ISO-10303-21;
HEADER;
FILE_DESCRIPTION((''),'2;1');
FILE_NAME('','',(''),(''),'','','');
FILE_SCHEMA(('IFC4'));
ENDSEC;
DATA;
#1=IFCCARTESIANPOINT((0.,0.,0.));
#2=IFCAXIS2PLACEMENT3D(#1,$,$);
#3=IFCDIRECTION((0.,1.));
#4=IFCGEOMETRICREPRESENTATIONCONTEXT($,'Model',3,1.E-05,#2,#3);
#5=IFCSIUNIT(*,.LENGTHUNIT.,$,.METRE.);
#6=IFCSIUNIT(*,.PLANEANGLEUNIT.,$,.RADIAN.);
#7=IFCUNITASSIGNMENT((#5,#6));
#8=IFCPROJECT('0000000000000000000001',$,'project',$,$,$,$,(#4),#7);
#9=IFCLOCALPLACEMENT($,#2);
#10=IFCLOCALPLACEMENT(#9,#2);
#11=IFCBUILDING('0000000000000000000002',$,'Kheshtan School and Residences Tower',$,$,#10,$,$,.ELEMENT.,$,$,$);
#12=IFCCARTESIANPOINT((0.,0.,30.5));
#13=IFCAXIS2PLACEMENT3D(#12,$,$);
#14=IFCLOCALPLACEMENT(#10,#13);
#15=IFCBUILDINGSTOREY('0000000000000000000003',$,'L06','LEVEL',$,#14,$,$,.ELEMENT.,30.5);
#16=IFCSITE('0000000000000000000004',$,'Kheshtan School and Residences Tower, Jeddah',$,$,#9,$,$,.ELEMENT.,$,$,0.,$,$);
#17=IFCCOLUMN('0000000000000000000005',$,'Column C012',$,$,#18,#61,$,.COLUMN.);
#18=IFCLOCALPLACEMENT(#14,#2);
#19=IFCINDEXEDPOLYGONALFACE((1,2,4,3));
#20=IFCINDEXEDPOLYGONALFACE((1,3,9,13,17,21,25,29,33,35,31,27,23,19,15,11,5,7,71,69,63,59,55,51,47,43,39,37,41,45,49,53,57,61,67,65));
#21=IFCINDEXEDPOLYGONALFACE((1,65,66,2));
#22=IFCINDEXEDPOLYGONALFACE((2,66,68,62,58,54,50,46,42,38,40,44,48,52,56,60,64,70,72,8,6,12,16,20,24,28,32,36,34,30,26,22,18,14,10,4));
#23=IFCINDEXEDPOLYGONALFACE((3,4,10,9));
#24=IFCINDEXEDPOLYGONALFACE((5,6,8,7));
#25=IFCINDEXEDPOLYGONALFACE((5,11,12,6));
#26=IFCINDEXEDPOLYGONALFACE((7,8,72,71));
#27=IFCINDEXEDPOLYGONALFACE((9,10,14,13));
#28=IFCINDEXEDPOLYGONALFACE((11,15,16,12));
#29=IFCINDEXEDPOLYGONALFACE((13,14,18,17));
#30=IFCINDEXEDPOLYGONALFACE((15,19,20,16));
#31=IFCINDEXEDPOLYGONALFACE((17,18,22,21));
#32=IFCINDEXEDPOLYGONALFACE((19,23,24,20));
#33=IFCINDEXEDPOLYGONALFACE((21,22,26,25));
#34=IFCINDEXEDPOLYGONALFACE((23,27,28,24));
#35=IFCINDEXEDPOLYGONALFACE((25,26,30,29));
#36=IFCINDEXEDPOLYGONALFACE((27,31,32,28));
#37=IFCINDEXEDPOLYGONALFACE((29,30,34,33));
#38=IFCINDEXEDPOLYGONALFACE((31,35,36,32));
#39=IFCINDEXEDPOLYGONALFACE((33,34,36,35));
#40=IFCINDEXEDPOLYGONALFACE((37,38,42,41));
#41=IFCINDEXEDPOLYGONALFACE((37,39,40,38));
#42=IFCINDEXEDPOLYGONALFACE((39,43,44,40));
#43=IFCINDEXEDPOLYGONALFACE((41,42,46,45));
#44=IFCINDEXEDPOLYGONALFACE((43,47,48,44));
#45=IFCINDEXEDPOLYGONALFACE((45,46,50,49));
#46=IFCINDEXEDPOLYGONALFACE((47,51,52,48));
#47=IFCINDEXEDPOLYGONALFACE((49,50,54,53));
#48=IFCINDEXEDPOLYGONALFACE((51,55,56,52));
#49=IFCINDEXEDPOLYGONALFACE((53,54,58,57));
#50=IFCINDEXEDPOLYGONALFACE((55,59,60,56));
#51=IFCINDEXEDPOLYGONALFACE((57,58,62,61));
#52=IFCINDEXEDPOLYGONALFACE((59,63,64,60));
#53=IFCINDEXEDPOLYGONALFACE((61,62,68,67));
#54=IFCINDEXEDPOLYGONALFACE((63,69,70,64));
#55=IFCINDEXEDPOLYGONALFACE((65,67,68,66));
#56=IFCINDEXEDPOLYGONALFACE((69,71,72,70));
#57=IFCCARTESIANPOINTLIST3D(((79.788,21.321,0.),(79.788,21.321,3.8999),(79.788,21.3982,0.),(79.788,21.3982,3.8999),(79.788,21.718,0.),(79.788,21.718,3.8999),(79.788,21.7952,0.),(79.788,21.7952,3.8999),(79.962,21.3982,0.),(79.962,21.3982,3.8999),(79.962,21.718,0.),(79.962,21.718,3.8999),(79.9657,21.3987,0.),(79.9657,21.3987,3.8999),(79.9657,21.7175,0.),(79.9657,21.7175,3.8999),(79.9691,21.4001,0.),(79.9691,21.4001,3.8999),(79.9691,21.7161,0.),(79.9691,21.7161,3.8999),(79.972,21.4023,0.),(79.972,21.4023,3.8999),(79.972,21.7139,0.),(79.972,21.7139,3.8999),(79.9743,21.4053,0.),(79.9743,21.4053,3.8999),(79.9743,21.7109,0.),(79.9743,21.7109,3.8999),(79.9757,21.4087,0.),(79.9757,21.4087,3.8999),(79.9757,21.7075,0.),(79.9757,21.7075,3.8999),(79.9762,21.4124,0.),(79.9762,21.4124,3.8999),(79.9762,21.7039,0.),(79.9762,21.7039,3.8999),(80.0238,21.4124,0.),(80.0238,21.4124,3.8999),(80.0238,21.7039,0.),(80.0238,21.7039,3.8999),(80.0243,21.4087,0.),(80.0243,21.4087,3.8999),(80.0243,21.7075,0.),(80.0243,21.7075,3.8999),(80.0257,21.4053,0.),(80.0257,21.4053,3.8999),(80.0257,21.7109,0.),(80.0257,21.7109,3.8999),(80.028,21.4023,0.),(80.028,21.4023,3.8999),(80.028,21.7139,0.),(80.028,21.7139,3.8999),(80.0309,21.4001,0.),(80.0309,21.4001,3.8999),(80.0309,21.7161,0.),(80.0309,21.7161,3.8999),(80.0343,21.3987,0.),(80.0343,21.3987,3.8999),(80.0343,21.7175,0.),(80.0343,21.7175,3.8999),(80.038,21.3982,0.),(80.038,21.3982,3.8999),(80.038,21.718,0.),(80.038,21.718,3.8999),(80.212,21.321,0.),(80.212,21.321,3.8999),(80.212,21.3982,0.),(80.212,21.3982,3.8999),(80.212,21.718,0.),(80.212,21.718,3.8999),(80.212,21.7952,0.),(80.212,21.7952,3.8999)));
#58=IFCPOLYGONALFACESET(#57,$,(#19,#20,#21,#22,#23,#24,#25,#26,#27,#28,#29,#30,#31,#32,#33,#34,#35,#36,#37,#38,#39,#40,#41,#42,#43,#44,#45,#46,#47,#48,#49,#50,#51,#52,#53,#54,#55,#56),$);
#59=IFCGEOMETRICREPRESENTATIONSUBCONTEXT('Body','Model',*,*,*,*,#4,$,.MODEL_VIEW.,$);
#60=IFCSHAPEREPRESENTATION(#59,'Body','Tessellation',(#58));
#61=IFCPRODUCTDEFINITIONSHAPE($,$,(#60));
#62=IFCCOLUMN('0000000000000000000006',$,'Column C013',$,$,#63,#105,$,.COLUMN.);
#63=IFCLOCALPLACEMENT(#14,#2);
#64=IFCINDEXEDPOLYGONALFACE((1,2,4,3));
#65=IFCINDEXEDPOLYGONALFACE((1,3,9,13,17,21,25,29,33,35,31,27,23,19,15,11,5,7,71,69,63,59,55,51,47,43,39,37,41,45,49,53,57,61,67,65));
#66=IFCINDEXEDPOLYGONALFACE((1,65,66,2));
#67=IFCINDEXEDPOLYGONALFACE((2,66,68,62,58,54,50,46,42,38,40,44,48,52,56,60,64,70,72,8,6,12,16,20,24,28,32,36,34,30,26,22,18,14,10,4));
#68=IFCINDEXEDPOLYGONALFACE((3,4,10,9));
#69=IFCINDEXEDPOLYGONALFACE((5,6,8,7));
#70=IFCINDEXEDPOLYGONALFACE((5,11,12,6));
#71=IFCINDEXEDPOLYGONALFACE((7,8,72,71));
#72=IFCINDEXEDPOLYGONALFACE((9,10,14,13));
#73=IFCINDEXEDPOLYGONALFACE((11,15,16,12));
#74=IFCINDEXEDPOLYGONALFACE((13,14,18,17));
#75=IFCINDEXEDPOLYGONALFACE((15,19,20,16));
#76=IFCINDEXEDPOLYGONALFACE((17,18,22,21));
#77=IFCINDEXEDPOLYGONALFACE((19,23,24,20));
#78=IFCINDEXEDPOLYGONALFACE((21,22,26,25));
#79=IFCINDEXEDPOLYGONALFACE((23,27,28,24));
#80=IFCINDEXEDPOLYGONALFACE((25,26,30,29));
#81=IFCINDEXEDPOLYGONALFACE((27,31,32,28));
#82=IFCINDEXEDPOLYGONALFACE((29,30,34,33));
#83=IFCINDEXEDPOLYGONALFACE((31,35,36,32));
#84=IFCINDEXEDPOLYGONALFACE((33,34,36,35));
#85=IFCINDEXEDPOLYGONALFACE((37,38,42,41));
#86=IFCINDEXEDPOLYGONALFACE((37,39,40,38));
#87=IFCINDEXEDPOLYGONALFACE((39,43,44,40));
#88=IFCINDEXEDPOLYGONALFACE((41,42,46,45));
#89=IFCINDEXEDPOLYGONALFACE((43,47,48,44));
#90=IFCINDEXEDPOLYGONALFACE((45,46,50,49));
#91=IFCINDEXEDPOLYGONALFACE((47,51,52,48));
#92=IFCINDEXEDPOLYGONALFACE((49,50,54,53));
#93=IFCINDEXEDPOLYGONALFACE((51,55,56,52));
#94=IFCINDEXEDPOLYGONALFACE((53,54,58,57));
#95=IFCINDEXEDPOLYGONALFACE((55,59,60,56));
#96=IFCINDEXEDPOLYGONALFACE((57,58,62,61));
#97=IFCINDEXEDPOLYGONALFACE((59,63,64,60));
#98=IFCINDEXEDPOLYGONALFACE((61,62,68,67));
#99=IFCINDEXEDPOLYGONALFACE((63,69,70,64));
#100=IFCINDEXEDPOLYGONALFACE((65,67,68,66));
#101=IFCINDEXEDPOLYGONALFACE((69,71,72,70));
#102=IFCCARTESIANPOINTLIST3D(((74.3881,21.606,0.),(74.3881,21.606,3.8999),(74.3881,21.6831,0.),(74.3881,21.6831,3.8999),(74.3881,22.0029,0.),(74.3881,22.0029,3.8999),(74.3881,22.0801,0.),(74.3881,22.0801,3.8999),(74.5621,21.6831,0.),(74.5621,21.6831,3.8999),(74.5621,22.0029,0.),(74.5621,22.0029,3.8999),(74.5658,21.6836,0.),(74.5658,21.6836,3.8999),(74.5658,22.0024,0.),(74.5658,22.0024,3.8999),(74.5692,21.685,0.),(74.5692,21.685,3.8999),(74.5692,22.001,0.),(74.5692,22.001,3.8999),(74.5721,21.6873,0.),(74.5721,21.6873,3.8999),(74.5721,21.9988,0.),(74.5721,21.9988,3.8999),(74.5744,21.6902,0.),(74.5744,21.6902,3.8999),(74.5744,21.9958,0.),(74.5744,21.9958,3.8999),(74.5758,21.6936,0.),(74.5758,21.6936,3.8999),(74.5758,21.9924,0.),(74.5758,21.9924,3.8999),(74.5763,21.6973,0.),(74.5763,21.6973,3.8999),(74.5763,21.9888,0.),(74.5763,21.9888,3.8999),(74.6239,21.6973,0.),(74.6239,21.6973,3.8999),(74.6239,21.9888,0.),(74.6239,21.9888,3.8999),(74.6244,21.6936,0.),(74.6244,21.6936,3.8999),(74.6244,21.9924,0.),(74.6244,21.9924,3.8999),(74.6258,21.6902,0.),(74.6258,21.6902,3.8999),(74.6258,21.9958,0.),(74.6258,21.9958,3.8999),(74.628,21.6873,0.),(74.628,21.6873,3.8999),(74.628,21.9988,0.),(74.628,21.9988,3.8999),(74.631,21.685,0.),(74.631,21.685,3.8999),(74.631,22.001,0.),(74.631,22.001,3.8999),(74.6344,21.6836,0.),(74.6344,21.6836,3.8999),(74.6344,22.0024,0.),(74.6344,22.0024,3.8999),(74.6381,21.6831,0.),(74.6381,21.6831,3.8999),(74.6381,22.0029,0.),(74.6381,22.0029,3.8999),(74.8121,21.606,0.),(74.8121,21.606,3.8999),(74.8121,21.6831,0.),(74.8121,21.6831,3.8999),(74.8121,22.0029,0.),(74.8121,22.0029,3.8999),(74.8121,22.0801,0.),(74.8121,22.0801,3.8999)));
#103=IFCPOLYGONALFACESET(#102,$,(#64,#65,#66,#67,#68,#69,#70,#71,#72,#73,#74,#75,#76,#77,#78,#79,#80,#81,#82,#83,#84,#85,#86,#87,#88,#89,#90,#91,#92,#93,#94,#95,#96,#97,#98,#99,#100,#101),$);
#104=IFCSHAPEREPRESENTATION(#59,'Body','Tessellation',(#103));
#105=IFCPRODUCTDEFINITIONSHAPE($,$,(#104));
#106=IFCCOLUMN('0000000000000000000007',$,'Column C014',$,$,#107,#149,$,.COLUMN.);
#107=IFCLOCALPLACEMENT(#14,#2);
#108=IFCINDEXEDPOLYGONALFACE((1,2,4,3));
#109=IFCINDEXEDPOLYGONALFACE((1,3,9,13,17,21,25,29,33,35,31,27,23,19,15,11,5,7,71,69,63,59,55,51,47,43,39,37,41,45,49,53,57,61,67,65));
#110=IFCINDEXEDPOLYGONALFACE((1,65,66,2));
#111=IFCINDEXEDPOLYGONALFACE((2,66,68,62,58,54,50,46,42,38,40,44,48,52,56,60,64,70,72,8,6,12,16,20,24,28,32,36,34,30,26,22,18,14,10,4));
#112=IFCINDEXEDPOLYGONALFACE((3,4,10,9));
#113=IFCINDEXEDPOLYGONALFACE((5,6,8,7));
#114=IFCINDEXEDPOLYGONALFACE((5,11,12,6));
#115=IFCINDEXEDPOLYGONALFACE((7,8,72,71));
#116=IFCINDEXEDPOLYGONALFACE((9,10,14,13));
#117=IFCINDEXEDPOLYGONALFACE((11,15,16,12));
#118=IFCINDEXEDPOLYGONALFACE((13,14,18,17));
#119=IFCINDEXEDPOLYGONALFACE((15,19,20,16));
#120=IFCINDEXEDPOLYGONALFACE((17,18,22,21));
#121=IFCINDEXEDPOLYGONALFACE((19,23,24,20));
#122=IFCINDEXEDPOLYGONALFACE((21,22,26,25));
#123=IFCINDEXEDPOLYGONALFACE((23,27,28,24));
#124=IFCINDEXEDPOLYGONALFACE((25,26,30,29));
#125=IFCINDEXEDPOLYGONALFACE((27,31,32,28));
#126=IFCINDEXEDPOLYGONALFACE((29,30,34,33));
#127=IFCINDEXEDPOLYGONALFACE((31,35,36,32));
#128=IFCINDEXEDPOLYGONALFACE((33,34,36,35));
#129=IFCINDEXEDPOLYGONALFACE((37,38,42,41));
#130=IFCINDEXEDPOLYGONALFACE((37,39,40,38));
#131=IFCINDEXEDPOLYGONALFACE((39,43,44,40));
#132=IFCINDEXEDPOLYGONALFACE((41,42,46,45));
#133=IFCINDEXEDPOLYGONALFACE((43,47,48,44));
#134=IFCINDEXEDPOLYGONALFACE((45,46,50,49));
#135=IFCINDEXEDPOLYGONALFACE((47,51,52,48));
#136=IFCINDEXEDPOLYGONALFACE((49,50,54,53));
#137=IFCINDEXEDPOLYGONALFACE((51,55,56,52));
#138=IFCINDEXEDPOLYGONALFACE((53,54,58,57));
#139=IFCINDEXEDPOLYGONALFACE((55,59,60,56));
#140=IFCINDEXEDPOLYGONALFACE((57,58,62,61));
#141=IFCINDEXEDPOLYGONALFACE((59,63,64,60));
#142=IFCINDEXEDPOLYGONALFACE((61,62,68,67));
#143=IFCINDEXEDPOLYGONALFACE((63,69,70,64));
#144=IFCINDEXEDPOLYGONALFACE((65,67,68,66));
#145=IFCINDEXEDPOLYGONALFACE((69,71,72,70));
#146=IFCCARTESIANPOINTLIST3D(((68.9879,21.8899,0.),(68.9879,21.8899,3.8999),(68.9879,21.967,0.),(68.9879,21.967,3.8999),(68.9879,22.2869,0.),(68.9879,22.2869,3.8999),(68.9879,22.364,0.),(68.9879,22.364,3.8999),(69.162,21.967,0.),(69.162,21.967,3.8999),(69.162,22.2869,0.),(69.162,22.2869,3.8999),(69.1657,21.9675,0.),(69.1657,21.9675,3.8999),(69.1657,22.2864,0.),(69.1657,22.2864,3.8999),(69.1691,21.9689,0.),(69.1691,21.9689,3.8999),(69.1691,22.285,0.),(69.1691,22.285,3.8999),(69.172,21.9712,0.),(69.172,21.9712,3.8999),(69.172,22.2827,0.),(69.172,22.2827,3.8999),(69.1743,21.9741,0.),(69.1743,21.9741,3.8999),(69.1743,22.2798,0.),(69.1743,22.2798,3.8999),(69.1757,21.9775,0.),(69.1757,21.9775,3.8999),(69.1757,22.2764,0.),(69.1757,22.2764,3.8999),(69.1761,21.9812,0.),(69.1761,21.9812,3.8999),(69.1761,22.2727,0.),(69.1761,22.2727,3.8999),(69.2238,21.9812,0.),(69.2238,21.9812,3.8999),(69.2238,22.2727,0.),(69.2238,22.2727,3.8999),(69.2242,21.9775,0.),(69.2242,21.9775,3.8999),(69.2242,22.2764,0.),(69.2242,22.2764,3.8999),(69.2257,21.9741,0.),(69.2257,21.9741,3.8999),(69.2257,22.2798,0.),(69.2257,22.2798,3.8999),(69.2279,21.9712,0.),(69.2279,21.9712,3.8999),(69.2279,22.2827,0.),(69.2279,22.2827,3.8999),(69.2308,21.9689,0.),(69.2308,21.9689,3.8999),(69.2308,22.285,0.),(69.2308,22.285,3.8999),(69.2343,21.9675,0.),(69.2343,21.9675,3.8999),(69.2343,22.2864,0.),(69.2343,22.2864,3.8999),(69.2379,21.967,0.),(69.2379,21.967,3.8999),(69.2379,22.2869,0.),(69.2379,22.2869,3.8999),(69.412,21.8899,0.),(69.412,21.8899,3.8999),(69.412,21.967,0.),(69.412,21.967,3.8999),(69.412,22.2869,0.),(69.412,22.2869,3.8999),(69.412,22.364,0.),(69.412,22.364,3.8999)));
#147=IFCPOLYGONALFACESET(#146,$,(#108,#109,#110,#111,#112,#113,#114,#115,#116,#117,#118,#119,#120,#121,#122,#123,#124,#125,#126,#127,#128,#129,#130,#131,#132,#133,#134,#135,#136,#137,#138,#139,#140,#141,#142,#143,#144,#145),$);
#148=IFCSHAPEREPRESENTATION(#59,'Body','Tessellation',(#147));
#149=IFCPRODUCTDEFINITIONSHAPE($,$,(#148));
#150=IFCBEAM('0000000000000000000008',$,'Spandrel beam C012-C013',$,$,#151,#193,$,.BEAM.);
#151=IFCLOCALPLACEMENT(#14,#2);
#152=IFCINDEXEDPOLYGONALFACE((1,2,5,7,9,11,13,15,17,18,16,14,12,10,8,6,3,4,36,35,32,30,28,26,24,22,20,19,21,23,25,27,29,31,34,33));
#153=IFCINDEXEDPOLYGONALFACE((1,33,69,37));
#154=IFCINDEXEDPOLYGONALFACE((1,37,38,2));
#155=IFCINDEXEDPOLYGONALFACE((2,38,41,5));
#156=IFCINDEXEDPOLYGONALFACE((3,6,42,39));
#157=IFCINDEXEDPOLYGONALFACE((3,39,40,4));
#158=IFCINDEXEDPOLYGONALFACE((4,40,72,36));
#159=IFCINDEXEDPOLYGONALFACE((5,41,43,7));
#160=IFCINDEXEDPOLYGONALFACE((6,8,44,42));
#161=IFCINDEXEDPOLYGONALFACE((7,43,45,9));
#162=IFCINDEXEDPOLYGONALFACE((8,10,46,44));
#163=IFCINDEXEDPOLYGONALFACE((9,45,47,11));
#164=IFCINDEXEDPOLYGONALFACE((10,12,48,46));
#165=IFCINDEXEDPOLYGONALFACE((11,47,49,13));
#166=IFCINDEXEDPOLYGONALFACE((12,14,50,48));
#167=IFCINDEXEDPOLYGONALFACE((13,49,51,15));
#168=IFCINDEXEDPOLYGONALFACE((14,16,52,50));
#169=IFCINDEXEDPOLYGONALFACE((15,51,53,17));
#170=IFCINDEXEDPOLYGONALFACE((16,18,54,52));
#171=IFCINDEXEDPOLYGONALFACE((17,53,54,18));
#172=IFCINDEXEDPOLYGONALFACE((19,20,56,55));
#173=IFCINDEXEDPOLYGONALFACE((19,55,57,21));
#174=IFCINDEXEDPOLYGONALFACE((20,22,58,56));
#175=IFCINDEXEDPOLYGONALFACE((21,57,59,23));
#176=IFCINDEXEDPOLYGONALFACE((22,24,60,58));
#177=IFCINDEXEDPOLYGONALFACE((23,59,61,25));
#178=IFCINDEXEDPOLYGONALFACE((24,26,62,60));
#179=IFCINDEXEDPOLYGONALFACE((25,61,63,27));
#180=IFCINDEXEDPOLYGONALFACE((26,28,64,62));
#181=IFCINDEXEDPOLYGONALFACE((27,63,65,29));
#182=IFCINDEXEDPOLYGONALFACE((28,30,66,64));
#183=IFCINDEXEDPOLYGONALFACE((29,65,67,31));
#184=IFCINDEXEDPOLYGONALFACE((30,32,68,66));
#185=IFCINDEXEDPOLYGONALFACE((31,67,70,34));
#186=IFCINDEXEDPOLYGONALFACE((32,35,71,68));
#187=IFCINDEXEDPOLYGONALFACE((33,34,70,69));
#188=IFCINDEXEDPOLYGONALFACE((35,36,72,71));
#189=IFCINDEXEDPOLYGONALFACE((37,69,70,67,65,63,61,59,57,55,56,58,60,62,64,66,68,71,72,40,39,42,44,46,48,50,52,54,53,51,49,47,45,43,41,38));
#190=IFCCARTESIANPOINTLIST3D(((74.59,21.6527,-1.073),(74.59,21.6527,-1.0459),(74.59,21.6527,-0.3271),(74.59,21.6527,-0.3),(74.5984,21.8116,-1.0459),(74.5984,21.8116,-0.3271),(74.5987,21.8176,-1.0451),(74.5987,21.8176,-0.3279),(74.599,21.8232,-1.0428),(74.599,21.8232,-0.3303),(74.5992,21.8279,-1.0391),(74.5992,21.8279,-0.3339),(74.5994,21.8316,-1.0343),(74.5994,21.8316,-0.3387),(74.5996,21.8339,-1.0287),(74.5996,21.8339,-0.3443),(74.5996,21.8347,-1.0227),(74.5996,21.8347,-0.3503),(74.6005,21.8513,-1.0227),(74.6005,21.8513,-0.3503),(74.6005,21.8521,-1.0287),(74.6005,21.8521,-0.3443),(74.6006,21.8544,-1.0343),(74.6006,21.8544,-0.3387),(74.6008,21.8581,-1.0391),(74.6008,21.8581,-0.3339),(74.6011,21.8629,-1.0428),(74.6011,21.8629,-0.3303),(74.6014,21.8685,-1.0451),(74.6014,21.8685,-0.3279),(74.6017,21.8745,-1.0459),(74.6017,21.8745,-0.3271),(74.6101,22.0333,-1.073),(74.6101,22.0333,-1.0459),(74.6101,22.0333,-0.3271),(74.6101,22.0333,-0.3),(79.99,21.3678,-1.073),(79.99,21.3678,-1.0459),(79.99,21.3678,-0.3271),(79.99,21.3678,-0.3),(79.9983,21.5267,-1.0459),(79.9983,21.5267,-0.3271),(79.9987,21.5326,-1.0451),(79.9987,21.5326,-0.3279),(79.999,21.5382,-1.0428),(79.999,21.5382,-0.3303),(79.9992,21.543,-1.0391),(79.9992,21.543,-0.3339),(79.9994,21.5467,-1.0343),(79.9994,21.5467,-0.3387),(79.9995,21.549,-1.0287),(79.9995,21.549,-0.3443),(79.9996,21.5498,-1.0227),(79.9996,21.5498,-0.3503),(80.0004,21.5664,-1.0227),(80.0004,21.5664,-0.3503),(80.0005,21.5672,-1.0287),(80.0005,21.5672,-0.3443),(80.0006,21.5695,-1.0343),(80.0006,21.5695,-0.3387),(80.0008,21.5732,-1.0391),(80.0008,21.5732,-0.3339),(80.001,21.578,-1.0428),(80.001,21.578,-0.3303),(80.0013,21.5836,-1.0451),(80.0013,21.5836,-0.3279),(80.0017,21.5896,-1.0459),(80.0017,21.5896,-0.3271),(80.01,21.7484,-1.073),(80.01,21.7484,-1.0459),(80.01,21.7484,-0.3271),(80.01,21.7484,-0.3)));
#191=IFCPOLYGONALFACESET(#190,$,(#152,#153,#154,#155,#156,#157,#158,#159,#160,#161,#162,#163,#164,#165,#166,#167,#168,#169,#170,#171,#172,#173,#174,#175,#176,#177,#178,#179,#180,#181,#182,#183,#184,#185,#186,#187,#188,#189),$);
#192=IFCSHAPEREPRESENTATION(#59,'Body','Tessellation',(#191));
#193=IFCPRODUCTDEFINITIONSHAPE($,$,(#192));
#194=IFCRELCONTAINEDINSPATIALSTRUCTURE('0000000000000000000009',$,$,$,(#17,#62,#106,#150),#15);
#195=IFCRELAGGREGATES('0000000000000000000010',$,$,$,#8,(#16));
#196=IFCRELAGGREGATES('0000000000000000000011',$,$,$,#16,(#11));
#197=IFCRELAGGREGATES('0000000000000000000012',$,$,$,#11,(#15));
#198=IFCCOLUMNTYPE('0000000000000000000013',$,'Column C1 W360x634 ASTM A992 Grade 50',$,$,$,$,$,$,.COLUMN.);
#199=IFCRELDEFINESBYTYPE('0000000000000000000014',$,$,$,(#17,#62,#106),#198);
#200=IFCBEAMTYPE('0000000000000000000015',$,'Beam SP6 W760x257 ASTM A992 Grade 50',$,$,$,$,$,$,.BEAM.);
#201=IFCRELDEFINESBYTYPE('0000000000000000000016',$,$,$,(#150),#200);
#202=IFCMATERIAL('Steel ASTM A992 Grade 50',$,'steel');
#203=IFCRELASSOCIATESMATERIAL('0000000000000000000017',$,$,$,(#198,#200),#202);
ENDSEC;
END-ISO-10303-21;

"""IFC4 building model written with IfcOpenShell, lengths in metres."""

from ifc_helpers import new_model, si_unit, direction, frame, origin, origin_2d, place, context, subcontext, project, spatial, i_section, extrude, material, material_profile, profile_set, type_object, element, save


model = new_model("IFC4")

# Units and contexts
model_context = context("Model", 3, precision=1e-05, world=origin(), true_north=direction((0.0, 1.0)))
body_context = subcontext(model_context, "Body", "Model", "MODEL_VIEW")
ifc_project = project(units=[si_unit("LENGTHUNIT", "METRE"), si_unit("PLANEANGLEUNIT", "RADIAN")], contexts=[model_context])

# Site, building, storey
site_placement = place(None, origin())
site = spatial("IfcSite", under=ifc_project, at=site_placement, Name="Kheshtan School and Residences Tower, Jeddah", CompositionType="ELEMENT", RefElevation=0.0)
building_placement = place(site_placement, origin())
building = spatial("IfcBuilding", under=site, at=building_placement, Name="Kheshtan School and Residences Tower", CompositionType="ELEMENT")
storey_placement = place(building_placement, frame((0.0, 0.0, 30.5)))
storey = spatial("IfcBuildingStorey", under=building, at=storey_placement, Name="L06", Description="LEVEL", CompositionType="ELEMENT", Elevation=30.5)

# Columns
ifc_material_1 = material(Name="Steel ASTM A992 Grade 50", Category="steel")
ifc_material_profile_1 = material_profile(ifc_material_1, i_section(OverallWidth=0.4241, OverallDepth=0.4741, WebThickness=0.0476, FlangeThickness=0.0771, FilletRadius=0.0142, at=origin_2d()), Name="W360x634")
ifc_profile_set_1 = profile_set([ifc_material_profile_1], Name="Steel ASTM A992 Grade 50")
column_type = type_object("IfcColumnType", Name="Column C1 W360x634 ASTM A992 Grade 50", PredefinedType="COLUMN", material=ifc_profile_set_1)
for number, where, z_axis, x_axis, name in (
    (1, (80.0, 21.5581, 0.0), (0.0, 0.0, 1.0), (1.0, 0.0, 0.0), "Column C012"),
    (2, (74.6001, 21.843, 0.0), (0.0, 0.0, 1.0), (1.0, 0.0, 0.0), "Column C013"),
    (3, (69.2, 22.127, 0.0), (0.0, 0.0, 1.0), (1.0, 0.0, 0.0), "Column C014"),
):
    element("IfcColumn", number, at=place(storey_placement, frame(where, z_axis=z_axis, x_axis=x_axis)), inside=storey, type_object=column_type, Name=name, PredefinedType="COLUMN", context=body_context, shape_type="SweptSolid", body=[
        extrude(i_section(OverallWidth=0.4241, OverallDepth=0.4741, WebThickness=0.0476, FlangeThickness=0.0771, FilletRadius=0.0142, at=origin_2d()), origin(), (0.0, 0.0, 1.0), 3.8999),
    ])

# Beam
ifc_material_profile_2 = material_profile(ifc_material_1, i_section(OverallWidth=0.3811, OverallDepth=0.7729, WebThickness=0.0166, FlangeThickness=0.0271, FilletRadius=0.0232, at=origin_2d()), Name="W760x257")
ifc_profile_set_2 = profile_set([ifc_material_profile_2], Name="Steel ASTM A992 Grade 50")
beam_type = type_object("IfcBeamType", Name="Beam SP6 W760x257 ASTM A992 Grade 50", PredefinedType="BEAM", material=ifc_profile_set_2)
beam_1_placement = place(storey_placement, frame((80.0, 21.5581, -0.6865), z_axis=(-0.998611, 0.052689, 0.0), x_axis=(-0.052689, -0.998611, 0.0)))
element("IfcBeam", 4, at=beam_1_placement, inside=storey, type_object=beam_type, Name="Spandrel beam C012-C013", PredefinedType="BEAM", context=body_context, shape_type="SweptSolid", body=[
    extrude(i_section(OverallWidth=0.3811, OverallDepth=0.7729, WebThickness=0.0166, FlangeThickness=0.0271, FilletRadius=0.0232, at=origin_2d()), origin(), (0.0, 0.0, 1.0), 5.4075),
])

save(model, "model.ifc")
